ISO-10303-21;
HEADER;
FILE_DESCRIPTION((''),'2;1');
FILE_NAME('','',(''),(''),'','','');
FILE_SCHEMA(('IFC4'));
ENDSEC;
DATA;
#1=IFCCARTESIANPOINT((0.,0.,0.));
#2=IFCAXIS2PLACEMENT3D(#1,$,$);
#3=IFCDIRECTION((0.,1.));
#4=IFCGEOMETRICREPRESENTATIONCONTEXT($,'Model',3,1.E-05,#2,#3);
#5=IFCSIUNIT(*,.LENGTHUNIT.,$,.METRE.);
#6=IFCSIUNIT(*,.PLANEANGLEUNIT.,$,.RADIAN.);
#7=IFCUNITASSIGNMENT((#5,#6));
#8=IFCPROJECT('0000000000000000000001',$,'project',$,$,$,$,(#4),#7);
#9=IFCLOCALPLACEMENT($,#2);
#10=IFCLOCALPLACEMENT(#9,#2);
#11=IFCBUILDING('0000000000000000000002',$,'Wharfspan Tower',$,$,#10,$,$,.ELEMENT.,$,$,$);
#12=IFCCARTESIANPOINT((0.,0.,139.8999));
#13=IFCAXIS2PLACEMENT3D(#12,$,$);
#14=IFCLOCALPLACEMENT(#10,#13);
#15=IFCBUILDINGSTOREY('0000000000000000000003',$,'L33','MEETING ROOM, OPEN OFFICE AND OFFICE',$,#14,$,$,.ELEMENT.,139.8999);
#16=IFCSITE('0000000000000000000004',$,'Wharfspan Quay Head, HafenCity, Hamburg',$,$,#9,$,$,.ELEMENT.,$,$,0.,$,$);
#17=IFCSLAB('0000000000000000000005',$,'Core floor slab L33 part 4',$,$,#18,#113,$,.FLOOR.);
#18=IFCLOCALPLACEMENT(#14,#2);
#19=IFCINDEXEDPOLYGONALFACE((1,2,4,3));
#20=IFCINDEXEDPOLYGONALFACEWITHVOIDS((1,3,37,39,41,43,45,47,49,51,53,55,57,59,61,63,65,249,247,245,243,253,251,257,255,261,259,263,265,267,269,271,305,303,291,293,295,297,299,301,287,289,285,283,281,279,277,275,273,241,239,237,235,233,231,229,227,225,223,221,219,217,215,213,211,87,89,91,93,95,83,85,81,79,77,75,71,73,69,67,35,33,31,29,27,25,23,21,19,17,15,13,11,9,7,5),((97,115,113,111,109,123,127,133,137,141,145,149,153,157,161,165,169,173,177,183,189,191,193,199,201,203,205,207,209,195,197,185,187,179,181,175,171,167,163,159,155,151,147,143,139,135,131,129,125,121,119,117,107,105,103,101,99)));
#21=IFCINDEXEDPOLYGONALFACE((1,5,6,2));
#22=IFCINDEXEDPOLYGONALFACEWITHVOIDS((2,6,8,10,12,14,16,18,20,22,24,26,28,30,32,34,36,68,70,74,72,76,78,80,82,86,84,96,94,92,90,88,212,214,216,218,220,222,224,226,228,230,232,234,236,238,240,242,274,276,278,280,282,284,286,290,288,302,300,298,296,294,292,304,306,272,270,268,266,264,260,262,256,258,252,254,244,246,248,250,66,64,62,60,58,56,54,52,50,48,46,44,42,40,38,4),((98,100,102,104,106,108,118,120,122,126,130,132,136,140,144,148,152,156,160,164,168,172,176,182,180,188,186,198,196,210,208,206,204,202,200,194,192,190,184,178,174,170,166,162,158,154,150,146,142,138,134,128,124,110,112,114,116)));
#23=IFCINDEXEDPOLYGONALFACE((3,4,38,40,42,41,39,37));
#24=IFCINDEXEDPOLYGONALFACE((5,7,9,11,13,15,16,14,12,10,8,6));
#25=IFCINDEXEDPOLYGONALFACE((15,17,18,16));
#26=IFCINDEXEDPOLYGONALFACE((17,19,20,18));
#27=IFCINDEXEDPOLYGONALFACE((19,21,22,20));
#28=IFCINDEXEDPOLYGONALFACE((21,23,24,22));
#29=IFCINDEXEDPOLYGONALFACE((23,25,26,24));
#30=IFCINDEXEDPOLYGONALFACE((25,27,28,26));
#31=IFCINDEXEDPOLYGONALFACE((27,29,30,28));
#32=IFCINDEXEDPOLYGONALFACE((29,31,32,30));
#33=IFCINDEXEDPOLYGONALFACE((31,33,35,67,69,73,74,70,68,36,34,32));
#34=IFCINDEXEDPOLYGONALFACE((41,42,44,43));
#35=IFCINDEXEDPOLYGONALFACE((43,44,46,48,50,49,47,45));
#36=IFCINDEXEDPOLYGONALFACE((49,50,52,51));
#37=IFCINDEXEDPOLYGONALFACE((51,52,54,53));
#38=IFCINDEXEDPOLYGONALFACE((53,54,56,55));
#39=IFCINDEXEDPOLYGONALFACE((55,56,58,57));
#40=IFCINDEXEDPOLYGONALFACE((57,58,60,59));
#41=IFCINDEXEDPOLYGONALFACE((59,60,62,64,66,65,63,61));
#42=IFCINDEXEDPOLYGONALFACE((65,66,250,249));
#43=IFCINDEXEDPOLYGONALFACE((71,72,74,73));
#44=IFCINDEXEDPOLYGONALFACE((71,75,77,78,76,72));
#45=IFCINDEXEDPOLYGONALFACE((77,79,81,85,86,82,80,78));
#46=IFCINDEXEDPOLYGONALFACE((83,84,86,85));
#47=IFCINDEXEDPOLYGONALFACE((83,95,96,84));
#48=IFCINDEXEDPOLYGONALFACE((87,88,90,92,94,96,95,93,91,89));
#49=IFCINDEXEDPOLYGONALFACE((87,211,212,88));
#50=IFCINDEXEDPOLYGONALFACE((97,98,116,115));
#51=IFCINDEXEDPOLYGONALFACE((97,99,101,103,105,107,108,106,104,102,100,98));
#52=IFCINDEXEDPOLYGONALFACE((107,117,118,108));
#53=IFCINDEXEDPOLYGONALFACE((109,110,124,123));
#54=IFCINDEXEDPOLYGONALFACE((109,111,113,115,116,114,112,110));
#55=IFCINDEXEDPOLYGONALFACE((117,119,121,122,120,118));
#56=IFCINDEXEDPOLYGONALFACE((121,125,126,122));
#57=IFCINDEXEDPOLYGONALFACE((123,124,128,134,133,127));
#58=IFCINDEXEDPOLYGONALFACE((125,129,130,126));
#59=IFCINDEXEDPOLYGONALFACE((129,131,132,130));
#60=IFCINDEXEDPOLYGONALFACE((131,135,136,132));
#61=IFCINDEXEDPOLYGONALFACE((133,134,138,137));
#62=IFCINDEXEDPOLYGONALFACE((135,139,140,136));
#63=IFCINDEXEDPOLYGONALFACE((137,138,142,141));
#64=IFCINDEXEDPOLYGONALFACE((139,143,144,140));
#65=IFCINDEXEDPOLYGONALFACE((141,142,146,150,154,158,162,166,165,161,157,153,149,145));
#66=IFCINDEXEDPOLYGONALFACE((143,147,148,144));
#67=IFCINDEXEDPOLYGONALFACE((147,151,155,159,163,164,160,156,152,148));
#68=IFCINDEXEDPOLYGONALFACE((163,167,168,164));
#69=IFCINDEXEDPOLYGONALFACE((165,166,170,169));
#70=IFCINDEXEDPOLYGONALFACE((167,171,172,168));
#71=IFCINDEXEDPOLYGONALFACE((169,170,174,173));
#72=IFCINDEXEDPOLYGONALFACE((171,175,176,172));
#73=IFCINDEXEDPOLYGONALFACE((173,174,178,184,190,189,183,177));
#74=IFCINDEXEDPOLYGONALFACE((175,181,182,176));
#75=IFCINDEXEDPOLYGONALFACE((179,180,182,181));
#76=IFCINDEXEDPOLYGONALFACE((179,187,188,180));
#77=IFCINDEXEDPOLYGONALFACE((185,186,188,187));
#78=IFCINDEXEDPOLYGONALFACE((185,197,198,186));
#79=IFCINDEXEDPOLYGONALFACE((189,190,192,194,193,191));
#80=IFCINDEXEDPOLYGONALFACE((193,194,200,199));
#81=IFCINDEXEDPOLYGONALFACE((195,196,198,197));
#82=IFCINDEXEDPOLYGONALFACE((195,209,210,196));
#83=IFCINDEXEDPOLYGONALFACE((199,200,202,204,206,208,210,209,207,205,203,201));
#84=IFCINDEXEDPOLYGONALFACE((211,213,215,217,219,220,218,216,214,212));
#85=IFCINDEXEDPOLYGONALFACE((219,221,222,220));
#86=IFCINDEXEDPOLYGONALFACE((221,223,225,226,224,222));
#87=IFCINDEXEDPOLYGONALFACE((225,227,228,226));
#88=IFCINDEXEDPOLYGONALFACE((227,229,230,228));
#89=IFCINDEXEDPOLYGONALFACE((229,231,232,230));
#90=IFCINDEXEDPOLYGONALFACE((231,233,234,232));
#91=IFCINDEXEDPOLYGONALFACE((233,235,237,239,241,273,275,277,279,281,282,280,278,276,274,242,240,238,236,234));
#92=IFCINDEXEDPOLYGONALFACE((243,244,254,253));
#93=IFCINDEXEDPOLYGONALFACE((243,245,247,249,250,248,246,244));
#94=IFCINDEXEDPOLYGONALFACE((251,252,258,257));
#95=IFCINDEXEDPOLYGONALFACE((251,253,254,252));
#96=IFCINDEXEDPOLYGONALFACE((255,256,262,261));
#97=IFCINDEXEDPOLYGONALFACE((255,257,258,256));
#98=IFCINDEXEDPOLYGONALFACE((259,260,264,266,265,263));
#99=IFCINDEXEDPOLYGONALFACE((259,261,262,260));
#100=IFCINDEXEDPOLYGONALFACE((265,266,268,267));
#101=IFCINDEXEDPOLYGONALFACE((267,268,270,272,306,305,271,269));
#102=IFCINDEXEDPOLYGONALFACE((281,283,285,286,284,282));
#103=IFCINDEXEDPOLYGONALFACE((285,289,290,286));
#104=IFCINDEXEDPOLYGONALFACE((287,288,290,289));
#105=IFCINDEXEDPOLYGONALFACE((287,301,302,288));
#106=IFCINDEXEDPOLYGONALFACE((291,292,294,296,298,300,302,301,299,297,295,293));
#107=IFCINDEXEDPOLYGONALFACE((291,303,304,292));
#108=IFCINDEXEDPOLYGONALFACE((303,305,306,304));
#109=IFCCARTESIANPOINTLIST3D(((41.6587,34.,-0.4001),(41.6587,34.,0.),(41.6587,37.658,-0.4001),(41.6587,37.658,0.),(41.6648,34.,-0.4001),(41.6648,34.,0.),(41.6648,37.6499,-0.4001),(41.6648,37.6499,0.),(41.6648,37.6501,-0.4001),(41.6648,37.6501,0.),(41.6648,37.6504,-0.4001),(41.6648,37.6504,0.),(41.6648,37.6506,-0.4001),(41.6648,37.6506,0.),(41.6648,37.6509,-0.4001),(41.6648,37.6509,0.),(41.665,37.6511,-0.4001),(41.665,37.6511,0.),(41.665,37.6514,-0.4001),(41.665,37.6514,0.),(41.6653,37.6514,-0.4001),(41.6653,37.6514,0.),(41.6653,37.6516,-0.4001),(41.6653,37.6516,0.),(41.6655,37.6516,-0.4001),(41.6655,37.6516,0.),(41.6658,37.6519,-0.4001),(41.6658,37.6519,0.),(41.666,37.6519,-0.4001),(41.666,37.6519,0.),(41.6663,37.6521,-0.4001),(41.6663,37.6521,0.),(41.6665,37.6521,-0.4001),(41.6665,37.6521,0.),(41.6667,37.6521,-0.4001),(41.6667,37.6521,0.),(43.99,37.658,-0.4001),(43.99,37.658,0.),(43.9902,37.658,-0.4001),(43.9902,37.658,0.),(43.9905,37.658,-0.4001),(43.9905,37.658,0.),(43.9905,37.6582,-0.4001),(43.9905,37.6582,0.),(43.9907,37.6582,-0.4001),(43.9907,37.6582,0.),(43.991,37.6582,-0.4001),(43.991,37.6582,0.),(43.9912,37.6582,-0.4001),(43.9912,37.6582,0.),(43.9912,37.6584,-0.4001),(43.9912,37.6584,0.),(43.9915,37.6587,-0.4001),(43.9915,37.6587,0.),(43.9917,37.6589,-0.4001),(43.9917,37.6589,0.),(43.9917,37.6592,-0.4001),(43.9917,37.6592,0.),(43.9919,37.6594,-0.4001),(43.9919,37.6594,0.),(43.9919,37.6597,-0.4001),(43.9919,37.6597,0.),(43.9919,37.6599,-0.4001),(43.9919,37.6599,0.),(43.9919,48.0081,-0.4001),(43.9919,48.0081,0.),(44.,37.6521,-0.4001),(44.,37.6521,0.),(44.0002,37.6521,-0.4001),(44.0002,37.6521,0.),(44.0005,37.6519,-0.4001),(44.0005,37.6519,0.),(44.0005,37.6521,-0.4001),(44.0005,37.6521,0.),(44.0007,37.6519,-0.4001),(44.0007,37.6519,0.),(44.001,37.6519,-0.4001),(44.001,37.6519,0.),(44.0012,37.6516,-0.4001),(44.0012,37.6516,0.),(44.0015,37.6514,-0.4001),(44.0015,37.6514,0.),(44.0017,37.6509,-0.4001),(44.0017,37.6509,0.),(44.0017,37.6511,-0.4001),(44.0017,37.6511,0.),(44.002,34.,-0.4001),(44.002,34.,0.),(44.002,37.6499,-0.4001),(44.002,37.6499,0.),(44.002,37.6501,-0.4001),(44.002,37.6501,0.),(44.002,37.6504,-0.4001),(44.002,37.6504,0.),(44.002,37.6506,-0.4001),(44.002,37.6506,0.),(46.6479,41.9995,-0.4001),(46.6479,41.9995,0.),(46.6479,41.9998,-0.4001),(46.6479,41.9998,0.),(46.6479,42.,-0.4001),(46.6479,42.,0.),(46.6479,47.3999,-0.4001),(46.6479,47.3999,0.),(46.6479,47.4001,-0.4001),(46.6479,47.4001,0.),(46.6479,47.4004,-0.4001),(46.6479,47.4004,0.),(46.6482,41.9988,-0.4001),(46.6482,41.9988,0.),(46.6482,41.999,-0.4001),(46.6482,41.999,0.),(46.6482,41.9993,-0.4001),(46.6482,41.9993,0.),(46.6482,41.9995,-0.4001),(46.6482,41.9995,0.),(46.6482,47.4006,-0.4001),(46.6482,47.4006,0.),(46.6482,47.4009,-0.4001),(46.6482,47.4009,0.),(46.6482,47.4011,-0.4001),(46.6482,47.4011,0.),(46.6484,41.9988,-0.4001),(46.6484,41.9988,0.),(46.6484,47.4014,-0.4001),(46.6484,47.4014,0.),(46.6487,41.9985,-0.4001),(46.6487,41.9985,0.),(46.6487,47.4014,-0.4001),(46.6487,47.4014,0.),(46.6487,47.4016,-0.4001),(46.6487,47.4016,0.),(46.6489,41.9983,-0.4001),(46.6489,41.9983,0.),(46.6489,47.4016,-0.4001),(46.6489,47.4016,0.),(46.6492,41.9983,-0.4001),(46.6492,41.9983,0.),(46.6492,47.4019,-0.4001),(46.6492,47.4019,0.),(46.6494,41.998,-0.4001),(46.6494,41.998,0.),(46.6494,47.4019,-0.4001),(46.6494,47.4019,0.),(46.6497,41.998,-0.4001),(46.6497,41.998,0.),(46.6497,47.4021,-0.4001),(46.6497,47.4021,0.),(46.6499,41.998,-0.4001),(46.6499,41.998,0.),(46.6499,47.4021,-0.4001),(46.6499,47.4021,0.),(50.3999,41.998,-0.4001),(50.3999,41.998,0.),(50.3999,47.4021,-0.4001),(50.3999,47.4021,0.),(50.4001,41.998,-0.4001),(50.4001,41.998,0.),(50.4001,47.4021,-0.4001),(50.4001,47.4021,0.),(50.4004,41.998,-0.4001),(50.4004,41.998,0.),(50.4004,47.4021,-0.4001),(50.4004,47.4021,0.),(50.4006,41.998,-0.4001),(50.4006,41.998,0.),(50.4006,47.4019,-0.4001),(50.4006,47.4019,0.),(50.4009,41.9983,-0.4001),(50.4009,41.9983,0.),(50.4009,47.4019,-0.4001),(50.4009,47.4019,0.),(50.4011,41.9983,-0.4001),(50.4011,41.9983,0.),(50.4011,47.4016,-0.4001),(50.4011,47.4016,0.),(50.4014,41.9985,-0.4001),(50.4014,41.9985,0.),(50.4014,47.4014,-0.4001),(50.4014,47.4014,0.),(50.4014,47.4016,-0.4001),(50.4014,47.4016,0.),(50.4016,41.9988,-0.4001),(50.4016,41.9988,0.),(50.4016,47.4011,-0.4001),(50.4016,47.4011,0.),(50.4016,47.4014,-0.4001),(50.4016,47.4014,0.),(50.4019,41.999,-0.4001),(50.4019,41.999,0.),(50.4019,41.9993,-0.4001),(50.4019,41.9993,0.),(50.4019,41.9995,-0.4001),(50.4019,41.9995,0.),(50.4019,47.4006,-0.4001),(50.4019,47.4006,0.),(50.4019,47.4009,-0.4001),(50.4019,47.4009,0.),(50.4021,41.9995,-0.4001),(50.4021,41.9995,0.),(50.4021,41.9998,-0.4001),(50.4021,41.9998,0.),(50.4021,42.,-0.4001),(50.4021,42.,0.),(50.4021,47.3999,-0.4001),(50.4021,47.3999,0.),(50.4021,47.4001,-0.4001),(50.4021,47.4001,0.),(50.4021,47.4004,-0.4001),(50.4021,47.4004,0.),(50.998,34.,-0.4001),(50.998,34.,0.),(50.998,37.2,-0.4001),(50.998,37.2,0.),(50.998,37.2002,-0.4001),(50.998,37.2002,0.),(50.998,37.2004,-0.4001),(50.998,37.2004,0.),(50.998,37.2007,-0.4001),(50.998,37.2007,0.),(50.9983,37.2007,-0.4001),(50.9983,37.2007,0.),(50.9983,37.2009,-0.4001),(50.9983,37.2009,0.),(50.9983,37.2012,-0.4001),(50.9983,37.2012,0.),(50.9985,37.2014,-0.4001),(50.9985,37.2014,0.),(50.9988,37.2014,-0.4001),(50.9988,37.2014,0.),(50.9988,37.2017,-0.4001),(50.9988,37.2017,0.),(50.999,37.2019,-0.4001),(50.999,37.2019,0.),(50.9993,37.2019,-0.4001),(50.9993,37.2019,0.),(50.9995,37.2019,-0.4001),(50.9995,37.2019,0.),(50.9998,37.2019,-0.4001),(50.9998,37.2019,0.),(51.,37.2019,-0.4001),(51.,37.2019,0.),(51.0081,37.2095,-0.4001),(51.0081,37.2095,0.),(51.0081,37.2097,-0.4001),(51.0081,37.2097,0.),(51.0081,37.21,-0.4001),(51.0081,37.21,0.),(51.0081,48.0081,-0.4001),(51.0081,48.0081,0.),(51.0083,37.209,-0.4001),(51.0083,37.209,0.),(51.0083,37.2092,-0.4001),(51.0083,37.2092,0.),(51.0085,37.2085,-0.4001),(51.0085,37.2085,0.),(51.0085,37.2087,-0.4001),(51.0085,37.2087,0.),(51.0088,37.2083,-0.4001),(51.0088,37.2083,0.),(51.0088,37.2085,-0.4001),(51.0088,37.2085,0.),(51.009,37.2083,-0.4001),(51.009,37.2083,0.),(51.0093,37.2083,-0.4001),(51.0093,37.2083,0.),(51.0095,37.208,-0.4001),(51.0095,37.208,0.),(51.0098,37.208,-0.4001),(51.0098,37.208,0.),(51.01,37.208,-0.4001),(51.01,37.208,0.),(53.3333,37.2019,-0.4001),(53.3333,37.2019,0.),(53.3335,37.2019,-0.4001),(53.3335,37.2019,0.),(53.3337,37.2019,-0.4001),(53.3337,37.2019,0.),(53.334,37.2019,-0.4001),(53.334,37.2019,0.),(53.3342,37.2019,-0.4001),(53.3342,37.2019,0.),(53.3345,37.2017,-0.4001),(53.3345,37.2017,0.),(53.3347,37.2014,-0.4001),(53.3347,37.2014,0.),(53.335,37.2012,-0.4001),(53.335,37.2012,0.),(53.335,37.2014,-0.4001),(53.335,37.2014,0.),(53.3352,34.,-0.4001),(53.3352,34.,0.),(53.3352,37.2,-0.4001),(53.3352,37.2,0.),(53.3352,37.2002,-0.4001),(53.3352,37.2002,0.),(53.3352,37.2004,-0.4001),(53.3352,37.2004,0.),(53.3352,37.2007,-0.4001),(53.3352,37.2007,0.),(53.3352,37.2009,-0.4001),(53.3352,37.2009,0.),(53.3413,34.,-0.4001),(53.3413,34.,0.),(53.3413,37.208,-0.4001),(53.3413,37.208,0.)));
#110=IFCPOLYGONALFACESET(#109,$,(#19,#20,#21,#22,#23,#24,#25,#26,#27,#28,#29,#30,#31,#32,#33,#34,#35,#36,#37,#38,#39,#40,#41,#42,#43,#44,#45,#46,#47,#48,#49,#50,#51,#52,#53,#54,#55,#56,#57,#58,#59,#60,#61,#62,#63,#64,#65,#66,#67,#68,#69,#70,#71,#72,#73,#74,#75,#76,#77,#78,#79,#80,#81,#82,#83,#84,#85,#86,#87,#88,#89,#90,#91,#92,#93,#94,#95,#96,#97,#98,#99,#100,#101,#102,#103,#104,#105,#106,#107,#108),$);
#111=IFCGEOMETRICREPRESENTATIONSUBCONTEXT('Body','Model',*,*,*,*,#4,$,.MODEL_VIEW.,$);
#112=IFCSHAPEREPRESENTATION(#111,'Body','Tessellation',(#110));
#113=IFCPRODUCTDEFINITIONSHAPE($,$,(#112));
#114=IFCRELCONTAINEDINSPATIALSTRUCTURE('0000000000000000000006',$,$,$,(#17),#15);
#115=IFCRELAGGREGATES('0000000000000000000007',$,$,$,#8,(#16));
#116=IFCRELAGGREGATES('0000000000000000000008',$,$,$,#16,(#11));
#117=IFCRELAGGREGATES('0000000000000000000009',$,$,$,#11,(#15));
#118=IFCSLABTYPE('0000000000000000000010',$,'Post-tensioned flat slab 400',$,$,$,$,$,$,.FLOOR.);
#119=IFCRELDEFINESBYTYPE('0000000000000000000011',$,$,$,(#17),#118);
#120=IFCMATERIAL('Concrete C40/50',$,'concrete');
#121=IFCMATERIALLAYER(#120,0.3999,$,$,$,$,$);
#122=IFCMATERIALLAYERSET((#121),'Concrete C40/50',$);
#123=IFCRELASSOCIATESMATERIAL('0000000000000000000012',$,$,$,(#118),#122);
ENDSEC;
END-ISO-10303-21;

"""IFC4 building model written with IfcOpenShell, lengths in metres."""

from ifc_helpers import new_model, si_unit, direction, frame, origin, place, context, subcontext, project, spatial, polyline, outline, extrude, material, layer, layer_set, type_object, element, save


model = new_model("IFC4")

# Units and contexts
model_context = context("Model", 3, precision=1e-05, world=origin(), true_north=direction((0.0, 1.0)))
body_context = subcontext(model_context, "Body", "Model", "MODEL_VIEW")
ifc_project = project(units=[si_unit("LENGTHUNIT", "METRE"), si_unit("PLANEANGLEUNIT", "RADIAN")], contexts=[model_context])

# Site, building, storey
site_placement = place(None, origin())
site = spatial("IfcSite", under=ifc_project, at=site_placement, Name="Wharfspan Quay Head, HafenCity, Hamburg", CompositionType="ELEMENT", RefElevation=0.0)
building_placement = place(site_placement, origin())
building = spatial("IfcBuilding", under=site, at=building_placement, Name="Wharfspan Tower", CompositionType="ELEMENT")
storey_placement = place(building_placement, frame((0.0, 0.0, 139.8999)))
storey = spatial("IfcBuildingStorey", under=building, at=storey_placement, Name="L33", Description="MEETING ROOM, OPEN OFFICE AND OFFICE", CompositionType="ELEMENT", Elevation=139.8999)

# Slab
ifc_material_1 = material(Name="Concrete C40/50", Category="concrete")
ifc_layer_1 = layer(ifc_material_1, 0.3999)
ifc_layer_set_1 = layer_set([ifc_layer_1], Name="Concrete C40/50")
slab_type = type_object("IfcSlabType", Name="Post-tensioned flat slab 400", PredefinedType="FLOOR", material=ifc_layer_set_1)
slab_1_placement = place(storey_placement, frame((0.0, 0.0, -0.4001)))
element("IfcSlab", 1, at=slab_1_placement, inside=storey, type_object=slab_type, Name="Core floor slab L33 part 4", PredefinedType="FLOOR", context=body_context, shape_type="SweptSolid", body=[
    extrude(outline(polyline([(53.3413, 34.0), (53.3413, 37.208), (51.01, 37.208), (51.0098, 37.208), (51.0095, 37.208), (51.0095, 37.208), (51.0093, 37.2083), (51.009, 37.2083), (51.0088, 37.2083), (51.0088, 37.2085), (51.0085, 37.2085), (51.0085, 37.2087), (51.0083, 37.209), (51.0083, 37.209), (51.0083, 37.2092), (51.0081, 37.2095), (51.0081, 37.2097), (51.0081, 37.2097), (51.0081, 37.21), (51.0081, 48.0081), (43.9919, 48.0081), (43.9919, 37.6599), (43.9919, 37.6599), (43.9919, 37.6597), (43.9919, 37.6594), (43.9917, 37.6592), (43.9917, 37.6592), (43.9917, 37.6589), (43.9915, 37.6587), (43.9915, 37.6587), (43.9912, 37.6584), (43.9912, 37.6582), (43.991, 37.6582), (43.9907, 37.6582), (43.9905, 37.6582), (43.9905, 37.658), (43.9902, 37.658), (43.99, 37.658), (41.6587, 37.658), (41.6587, 34.0), (41.6648, 34.0), (41.6648, 37.6499), (41.6648, 37.6501), (41.6648, 37.6504), (41.6648, 37.6506), (41.6648, 37.6509), (41.6648, 37.6509), (41.665, 37.6511), (41.665, 37.6514), (41.6653, 37.6514), (41.6653, 37.6516), (41.6655, 37.6516), (41.6658, 37.6519), (41.666, 37.6519), (41.666, 37.6519), (41.6663, 37.6521), (41.6665, 37.6521), (41.6667, 37.6521), (44.0, 37.6521), (44.0002, 37.6521), (44.0005, 37.6521), (44.0005, 37.6519), (44.0007, 37.6519), (44.001, 37.6519), (44.0012, 37.6516), (44.0012, 37.6516), (44.0015, 37.6514), (44.0015, 37.6514), (44.0017, 37.6511), (44.0017, 37.6509), (44.0017, 37.6509), (44.002, 37.6506), (44.002, 37.6504), (44.002, 37.6501), (44.002, 37.6499), (44.002, 34.0), (50.998, 34.0), (50.998, 37.2), (50.998, 37.2002), (50.998, 37.2004), (50.998, 37.2007), (50.9983, 37.2007), (50.9983, 37.2009), (50.9983, 37.2012), (50.9985, 37.2014), (50.9985, 37.2014), (50.9988, 37.2014), (50.9988, 37.2017), (50.999, 37.2019), (50.9993, 37.2019), (50.9995, 37.2019), (50.9995, 37.2019), (50.9998, 37.2019), (51.0, 37.2019), (53.3333, 37.2019), (53.3335, 37.2019), (53.3337, 37.2019), (53.334, 37.2019), (53.334, 37.2019), (53.3342, 37.2019), (53.3345, 37.2017), (53.3347, 37.2014), (53.3347, 37.2014), (53.335, 37.2014), (53.335, 37.2012), (53.3352, 37.2009), (53.3352, 37.2007), (53.3352, 37.2007), (53.3352, 37.2004), (53.3352, 37.2002), (53.3352, 37.2), (53.3352, 34.0), (53.3413, 34.0)]), holes=[polyline([(50.4021, 42.0), (50.4021, 41.9998), (50.4021, 41.9995), (50.4019, 41.9995), (50.4019, 41.9993), (50.4019, 41.999), (50.4016, 41.9988), (50.4016, 41.9988), (50.4014, 41.9985), (50.4014, 41.9985), (50.4011, 41.9983), (50.4009, 41.9983), (50.4009, 41.9983), (50.4006, 41.998), (50.4004, 41.998), (50.4001, 41.998), (50.3999, 41.998), (46.6499, 41.998), (46.6499, 41.998), (46.6497, 41.998), (46.6494, 41.998), (46.6492, 41.9983), (46.6492, 41.9983), (46.6489, 41.9983), (46.6487, 41.9985), (46.6487, 41.9985), (46.6484, 41.9988), (46.6482, 41.9988), (46.6482, 41.999), (46.6482, 41.9993), (46.6482, 41.9995), (46.6479, 41.9995), (46.6479, 41.9998), (46.6479, 42.0), (46.6479, 47.3999), (46.6479, 47.4001), (46.6479, 47.4004), (46.6482, 47.4006), (46.6482, 47.4009), (46.6482, 47.4009), (46.6482, 47.4011), (46.6484, 47.4014), (46.6487, 47.4014), (46.6487, 47.4016), (46.6489, 47.4016), (46.6492, 47.4019), (46.6492, 47.4019), (46.6494, 47.4019), (46.6497, 47.4021), (46.6499, 47.4021), (46.6499, 47.4021), (50.3999, 47.4021), (50.4001, 47.4021), (50.4004, 47.4021), (50.4006, 47.4019), (50.4009, 47.4019), (50.4009, 47.4019), (50.4011, 47.4016), (50.4014, 47.4016), (50.4014, 47.4014), (50.4016, 47.4014), (50.4016, 47.4011), (50.4019, 47.4009), (50.4019, 47.4009), (50.4019, 47.4006), (50.4021, 47.4004), (50.4021, 47.4001), (50.4021, 47.3999), (50.4021, 42.0)])]), origin(), (0.0, 0.0, 1.0), 0.4001),
])

save(model, "model.ifc")
